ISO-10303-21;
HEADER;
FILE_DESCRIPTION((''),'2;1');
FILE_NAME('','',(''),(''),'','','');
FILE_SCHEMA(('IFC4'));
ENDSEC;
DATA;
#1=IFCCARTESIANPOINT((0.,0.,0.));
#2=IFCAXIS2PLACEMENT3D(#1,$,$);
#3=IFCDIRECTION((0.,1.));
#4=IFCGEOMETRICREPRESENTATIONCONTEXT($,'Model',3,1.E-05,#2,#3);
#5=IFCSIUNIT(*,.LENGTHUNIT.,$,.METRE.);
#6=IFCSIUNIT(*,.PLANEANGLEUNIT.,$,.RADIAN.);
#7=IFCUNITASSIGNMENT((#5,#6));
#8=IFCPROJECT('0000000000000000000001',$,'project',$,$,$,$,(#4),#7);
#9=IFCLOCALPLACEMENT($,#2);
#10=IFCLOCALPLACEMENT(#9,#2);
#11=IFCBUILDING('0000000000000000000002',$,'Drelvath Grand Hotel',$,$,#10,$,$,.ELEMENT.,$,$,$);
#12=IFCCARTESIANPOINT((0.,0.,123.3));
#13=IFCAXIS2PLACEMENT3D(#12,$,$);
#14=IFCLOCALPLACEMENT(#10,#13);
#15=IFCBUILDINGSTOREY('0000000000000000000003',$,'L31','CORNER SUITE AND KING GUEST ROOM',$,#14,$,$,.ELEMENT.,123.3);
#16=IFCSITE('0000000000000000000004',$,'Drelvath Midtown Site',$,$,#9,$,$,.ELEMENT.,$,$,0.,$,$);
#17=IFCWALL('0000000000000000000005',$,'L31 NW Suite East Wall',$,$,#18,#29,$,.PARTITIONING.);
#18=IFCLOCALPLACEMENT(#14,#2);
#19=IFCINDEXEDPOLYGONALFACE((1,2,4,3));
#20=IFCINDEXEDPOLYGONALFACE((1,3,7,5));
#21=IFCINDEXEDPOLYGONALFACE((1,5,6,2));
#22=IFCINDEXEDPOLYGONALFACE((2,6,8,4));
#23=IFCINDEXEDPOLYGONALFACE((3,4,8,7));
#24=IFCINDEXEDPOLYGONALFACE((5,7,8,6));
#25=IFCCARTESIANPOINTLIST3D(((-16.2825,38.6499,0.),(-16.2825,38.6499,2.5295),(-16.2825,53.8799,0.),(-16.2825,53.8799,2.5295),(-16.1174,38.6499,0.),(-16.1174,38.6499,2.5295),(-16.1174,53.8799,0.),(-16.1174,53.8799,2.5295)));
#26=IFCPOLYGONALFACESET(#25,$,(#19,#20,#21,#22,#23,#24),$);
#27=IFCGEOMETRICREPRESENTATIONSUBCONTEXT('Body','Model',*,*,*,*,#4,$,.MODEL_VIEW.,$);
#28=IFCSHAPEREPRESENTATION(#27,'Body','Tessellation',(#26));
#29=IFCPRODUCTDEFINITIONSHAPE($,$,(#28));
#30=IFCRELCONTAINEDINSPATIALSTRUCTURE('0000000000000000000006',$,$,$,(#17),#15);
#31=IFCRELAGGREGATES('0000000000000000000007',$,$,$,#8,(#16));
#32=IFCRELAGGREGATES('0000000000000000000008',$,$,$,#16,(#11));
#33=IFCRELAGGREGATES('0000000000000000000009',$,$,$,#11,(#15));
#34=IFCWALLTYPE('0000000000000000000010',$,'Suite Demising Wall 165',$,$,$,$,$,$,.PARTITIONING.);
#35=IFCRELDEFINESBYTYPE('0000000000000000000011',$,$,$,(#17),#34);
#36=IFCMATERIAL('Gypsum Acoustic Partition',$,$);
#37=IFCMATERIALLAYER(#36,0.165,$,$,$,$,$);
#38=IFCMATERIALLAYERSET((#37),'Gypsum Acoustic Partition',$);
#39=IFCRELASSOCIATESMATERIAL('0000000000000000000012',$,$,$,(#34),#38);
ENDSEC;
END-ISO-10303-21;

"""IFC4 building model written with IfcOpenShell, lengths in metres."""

from ifc_helpers import new_model, si_unit, direction, frame, frame_2d, origin, place, context, subcontext, project, spatial, rectangle, extrude, material, layer, layer_set, type_object, element, save


model = new_model("IFC4")

# Units and contexts
model_context = context("Model", 3, precision=1e-05, world=origin(), true_north=direction((0.0, 1.0)))
body_context = subcontext(model_context, "Body", "Model", "MODEL_VIEW")
ifc_project = project(units=[si_unit("LENGTHUNIT", "METRE"), si_unit("PLANEANGLEUNIT", "RADIAN")], contexts=[model_context])

# Site, building, storey
site_placement = place(None, origin())
site = spatial("IfcSite", under=ifc_project, at=site_placement, Name="Drelvath Midtown Site", CompositionType="ELEMENT", RefElevation=0.0)
building_placement = place(site_placement, origin())
building = spatial("IfcBuilding", under=site, at=building_placement, Name="Drelvath Grand Hotel", CompositionType="ELEMENT")
storey_placement = place(building_placement, frame((0.0, 0.0, 123.3)))
storey = spatial("IfcBuildingStorey", under=building, at=storey_placement, Name="L31", Description="CORNER SUITE AND KING GUEST ROOM", CompositionType="ELEMENT", Elevation=123.3)

# Wall
ifc_material_1 = material(Name="Gypsum Acoustic Partition")
ifc_layer_1 = layer(ifc_material_1, 0.165)
ifc_layer_set_1 = layer_set([ifc_layer_1], Name="Gypsum Acoustic Partition")
wall_type_1 = type_object("IfcWallType", Name="Suite Demising Wall 165", PredefinedType="PARTITIONING", material=ifc_layer_set_1)
wall_1_placement = place(storey_placement, frame((-16.2, 38.6499, 0.0), z_axis=(0.0, 0.0, 1.0), x_axis=(0.0, 1.0, 0.0)))
element("IfcWall", 1, at=wall_1_placement, inside=storey, type_object=wall_type_1, Name="L31 NW Suite East Wall", PredefinedType="PARTITIONING", context=body_context, shape_type="SweptSolid", body=[
    extrude(rectangle(XDim=15.23, YDim=0.165, at=frame_2d((7.615, 0.0))), origin(), (0.0, 0.0, 1.0), 2.5295),
])

save(model, "model.ifc")
